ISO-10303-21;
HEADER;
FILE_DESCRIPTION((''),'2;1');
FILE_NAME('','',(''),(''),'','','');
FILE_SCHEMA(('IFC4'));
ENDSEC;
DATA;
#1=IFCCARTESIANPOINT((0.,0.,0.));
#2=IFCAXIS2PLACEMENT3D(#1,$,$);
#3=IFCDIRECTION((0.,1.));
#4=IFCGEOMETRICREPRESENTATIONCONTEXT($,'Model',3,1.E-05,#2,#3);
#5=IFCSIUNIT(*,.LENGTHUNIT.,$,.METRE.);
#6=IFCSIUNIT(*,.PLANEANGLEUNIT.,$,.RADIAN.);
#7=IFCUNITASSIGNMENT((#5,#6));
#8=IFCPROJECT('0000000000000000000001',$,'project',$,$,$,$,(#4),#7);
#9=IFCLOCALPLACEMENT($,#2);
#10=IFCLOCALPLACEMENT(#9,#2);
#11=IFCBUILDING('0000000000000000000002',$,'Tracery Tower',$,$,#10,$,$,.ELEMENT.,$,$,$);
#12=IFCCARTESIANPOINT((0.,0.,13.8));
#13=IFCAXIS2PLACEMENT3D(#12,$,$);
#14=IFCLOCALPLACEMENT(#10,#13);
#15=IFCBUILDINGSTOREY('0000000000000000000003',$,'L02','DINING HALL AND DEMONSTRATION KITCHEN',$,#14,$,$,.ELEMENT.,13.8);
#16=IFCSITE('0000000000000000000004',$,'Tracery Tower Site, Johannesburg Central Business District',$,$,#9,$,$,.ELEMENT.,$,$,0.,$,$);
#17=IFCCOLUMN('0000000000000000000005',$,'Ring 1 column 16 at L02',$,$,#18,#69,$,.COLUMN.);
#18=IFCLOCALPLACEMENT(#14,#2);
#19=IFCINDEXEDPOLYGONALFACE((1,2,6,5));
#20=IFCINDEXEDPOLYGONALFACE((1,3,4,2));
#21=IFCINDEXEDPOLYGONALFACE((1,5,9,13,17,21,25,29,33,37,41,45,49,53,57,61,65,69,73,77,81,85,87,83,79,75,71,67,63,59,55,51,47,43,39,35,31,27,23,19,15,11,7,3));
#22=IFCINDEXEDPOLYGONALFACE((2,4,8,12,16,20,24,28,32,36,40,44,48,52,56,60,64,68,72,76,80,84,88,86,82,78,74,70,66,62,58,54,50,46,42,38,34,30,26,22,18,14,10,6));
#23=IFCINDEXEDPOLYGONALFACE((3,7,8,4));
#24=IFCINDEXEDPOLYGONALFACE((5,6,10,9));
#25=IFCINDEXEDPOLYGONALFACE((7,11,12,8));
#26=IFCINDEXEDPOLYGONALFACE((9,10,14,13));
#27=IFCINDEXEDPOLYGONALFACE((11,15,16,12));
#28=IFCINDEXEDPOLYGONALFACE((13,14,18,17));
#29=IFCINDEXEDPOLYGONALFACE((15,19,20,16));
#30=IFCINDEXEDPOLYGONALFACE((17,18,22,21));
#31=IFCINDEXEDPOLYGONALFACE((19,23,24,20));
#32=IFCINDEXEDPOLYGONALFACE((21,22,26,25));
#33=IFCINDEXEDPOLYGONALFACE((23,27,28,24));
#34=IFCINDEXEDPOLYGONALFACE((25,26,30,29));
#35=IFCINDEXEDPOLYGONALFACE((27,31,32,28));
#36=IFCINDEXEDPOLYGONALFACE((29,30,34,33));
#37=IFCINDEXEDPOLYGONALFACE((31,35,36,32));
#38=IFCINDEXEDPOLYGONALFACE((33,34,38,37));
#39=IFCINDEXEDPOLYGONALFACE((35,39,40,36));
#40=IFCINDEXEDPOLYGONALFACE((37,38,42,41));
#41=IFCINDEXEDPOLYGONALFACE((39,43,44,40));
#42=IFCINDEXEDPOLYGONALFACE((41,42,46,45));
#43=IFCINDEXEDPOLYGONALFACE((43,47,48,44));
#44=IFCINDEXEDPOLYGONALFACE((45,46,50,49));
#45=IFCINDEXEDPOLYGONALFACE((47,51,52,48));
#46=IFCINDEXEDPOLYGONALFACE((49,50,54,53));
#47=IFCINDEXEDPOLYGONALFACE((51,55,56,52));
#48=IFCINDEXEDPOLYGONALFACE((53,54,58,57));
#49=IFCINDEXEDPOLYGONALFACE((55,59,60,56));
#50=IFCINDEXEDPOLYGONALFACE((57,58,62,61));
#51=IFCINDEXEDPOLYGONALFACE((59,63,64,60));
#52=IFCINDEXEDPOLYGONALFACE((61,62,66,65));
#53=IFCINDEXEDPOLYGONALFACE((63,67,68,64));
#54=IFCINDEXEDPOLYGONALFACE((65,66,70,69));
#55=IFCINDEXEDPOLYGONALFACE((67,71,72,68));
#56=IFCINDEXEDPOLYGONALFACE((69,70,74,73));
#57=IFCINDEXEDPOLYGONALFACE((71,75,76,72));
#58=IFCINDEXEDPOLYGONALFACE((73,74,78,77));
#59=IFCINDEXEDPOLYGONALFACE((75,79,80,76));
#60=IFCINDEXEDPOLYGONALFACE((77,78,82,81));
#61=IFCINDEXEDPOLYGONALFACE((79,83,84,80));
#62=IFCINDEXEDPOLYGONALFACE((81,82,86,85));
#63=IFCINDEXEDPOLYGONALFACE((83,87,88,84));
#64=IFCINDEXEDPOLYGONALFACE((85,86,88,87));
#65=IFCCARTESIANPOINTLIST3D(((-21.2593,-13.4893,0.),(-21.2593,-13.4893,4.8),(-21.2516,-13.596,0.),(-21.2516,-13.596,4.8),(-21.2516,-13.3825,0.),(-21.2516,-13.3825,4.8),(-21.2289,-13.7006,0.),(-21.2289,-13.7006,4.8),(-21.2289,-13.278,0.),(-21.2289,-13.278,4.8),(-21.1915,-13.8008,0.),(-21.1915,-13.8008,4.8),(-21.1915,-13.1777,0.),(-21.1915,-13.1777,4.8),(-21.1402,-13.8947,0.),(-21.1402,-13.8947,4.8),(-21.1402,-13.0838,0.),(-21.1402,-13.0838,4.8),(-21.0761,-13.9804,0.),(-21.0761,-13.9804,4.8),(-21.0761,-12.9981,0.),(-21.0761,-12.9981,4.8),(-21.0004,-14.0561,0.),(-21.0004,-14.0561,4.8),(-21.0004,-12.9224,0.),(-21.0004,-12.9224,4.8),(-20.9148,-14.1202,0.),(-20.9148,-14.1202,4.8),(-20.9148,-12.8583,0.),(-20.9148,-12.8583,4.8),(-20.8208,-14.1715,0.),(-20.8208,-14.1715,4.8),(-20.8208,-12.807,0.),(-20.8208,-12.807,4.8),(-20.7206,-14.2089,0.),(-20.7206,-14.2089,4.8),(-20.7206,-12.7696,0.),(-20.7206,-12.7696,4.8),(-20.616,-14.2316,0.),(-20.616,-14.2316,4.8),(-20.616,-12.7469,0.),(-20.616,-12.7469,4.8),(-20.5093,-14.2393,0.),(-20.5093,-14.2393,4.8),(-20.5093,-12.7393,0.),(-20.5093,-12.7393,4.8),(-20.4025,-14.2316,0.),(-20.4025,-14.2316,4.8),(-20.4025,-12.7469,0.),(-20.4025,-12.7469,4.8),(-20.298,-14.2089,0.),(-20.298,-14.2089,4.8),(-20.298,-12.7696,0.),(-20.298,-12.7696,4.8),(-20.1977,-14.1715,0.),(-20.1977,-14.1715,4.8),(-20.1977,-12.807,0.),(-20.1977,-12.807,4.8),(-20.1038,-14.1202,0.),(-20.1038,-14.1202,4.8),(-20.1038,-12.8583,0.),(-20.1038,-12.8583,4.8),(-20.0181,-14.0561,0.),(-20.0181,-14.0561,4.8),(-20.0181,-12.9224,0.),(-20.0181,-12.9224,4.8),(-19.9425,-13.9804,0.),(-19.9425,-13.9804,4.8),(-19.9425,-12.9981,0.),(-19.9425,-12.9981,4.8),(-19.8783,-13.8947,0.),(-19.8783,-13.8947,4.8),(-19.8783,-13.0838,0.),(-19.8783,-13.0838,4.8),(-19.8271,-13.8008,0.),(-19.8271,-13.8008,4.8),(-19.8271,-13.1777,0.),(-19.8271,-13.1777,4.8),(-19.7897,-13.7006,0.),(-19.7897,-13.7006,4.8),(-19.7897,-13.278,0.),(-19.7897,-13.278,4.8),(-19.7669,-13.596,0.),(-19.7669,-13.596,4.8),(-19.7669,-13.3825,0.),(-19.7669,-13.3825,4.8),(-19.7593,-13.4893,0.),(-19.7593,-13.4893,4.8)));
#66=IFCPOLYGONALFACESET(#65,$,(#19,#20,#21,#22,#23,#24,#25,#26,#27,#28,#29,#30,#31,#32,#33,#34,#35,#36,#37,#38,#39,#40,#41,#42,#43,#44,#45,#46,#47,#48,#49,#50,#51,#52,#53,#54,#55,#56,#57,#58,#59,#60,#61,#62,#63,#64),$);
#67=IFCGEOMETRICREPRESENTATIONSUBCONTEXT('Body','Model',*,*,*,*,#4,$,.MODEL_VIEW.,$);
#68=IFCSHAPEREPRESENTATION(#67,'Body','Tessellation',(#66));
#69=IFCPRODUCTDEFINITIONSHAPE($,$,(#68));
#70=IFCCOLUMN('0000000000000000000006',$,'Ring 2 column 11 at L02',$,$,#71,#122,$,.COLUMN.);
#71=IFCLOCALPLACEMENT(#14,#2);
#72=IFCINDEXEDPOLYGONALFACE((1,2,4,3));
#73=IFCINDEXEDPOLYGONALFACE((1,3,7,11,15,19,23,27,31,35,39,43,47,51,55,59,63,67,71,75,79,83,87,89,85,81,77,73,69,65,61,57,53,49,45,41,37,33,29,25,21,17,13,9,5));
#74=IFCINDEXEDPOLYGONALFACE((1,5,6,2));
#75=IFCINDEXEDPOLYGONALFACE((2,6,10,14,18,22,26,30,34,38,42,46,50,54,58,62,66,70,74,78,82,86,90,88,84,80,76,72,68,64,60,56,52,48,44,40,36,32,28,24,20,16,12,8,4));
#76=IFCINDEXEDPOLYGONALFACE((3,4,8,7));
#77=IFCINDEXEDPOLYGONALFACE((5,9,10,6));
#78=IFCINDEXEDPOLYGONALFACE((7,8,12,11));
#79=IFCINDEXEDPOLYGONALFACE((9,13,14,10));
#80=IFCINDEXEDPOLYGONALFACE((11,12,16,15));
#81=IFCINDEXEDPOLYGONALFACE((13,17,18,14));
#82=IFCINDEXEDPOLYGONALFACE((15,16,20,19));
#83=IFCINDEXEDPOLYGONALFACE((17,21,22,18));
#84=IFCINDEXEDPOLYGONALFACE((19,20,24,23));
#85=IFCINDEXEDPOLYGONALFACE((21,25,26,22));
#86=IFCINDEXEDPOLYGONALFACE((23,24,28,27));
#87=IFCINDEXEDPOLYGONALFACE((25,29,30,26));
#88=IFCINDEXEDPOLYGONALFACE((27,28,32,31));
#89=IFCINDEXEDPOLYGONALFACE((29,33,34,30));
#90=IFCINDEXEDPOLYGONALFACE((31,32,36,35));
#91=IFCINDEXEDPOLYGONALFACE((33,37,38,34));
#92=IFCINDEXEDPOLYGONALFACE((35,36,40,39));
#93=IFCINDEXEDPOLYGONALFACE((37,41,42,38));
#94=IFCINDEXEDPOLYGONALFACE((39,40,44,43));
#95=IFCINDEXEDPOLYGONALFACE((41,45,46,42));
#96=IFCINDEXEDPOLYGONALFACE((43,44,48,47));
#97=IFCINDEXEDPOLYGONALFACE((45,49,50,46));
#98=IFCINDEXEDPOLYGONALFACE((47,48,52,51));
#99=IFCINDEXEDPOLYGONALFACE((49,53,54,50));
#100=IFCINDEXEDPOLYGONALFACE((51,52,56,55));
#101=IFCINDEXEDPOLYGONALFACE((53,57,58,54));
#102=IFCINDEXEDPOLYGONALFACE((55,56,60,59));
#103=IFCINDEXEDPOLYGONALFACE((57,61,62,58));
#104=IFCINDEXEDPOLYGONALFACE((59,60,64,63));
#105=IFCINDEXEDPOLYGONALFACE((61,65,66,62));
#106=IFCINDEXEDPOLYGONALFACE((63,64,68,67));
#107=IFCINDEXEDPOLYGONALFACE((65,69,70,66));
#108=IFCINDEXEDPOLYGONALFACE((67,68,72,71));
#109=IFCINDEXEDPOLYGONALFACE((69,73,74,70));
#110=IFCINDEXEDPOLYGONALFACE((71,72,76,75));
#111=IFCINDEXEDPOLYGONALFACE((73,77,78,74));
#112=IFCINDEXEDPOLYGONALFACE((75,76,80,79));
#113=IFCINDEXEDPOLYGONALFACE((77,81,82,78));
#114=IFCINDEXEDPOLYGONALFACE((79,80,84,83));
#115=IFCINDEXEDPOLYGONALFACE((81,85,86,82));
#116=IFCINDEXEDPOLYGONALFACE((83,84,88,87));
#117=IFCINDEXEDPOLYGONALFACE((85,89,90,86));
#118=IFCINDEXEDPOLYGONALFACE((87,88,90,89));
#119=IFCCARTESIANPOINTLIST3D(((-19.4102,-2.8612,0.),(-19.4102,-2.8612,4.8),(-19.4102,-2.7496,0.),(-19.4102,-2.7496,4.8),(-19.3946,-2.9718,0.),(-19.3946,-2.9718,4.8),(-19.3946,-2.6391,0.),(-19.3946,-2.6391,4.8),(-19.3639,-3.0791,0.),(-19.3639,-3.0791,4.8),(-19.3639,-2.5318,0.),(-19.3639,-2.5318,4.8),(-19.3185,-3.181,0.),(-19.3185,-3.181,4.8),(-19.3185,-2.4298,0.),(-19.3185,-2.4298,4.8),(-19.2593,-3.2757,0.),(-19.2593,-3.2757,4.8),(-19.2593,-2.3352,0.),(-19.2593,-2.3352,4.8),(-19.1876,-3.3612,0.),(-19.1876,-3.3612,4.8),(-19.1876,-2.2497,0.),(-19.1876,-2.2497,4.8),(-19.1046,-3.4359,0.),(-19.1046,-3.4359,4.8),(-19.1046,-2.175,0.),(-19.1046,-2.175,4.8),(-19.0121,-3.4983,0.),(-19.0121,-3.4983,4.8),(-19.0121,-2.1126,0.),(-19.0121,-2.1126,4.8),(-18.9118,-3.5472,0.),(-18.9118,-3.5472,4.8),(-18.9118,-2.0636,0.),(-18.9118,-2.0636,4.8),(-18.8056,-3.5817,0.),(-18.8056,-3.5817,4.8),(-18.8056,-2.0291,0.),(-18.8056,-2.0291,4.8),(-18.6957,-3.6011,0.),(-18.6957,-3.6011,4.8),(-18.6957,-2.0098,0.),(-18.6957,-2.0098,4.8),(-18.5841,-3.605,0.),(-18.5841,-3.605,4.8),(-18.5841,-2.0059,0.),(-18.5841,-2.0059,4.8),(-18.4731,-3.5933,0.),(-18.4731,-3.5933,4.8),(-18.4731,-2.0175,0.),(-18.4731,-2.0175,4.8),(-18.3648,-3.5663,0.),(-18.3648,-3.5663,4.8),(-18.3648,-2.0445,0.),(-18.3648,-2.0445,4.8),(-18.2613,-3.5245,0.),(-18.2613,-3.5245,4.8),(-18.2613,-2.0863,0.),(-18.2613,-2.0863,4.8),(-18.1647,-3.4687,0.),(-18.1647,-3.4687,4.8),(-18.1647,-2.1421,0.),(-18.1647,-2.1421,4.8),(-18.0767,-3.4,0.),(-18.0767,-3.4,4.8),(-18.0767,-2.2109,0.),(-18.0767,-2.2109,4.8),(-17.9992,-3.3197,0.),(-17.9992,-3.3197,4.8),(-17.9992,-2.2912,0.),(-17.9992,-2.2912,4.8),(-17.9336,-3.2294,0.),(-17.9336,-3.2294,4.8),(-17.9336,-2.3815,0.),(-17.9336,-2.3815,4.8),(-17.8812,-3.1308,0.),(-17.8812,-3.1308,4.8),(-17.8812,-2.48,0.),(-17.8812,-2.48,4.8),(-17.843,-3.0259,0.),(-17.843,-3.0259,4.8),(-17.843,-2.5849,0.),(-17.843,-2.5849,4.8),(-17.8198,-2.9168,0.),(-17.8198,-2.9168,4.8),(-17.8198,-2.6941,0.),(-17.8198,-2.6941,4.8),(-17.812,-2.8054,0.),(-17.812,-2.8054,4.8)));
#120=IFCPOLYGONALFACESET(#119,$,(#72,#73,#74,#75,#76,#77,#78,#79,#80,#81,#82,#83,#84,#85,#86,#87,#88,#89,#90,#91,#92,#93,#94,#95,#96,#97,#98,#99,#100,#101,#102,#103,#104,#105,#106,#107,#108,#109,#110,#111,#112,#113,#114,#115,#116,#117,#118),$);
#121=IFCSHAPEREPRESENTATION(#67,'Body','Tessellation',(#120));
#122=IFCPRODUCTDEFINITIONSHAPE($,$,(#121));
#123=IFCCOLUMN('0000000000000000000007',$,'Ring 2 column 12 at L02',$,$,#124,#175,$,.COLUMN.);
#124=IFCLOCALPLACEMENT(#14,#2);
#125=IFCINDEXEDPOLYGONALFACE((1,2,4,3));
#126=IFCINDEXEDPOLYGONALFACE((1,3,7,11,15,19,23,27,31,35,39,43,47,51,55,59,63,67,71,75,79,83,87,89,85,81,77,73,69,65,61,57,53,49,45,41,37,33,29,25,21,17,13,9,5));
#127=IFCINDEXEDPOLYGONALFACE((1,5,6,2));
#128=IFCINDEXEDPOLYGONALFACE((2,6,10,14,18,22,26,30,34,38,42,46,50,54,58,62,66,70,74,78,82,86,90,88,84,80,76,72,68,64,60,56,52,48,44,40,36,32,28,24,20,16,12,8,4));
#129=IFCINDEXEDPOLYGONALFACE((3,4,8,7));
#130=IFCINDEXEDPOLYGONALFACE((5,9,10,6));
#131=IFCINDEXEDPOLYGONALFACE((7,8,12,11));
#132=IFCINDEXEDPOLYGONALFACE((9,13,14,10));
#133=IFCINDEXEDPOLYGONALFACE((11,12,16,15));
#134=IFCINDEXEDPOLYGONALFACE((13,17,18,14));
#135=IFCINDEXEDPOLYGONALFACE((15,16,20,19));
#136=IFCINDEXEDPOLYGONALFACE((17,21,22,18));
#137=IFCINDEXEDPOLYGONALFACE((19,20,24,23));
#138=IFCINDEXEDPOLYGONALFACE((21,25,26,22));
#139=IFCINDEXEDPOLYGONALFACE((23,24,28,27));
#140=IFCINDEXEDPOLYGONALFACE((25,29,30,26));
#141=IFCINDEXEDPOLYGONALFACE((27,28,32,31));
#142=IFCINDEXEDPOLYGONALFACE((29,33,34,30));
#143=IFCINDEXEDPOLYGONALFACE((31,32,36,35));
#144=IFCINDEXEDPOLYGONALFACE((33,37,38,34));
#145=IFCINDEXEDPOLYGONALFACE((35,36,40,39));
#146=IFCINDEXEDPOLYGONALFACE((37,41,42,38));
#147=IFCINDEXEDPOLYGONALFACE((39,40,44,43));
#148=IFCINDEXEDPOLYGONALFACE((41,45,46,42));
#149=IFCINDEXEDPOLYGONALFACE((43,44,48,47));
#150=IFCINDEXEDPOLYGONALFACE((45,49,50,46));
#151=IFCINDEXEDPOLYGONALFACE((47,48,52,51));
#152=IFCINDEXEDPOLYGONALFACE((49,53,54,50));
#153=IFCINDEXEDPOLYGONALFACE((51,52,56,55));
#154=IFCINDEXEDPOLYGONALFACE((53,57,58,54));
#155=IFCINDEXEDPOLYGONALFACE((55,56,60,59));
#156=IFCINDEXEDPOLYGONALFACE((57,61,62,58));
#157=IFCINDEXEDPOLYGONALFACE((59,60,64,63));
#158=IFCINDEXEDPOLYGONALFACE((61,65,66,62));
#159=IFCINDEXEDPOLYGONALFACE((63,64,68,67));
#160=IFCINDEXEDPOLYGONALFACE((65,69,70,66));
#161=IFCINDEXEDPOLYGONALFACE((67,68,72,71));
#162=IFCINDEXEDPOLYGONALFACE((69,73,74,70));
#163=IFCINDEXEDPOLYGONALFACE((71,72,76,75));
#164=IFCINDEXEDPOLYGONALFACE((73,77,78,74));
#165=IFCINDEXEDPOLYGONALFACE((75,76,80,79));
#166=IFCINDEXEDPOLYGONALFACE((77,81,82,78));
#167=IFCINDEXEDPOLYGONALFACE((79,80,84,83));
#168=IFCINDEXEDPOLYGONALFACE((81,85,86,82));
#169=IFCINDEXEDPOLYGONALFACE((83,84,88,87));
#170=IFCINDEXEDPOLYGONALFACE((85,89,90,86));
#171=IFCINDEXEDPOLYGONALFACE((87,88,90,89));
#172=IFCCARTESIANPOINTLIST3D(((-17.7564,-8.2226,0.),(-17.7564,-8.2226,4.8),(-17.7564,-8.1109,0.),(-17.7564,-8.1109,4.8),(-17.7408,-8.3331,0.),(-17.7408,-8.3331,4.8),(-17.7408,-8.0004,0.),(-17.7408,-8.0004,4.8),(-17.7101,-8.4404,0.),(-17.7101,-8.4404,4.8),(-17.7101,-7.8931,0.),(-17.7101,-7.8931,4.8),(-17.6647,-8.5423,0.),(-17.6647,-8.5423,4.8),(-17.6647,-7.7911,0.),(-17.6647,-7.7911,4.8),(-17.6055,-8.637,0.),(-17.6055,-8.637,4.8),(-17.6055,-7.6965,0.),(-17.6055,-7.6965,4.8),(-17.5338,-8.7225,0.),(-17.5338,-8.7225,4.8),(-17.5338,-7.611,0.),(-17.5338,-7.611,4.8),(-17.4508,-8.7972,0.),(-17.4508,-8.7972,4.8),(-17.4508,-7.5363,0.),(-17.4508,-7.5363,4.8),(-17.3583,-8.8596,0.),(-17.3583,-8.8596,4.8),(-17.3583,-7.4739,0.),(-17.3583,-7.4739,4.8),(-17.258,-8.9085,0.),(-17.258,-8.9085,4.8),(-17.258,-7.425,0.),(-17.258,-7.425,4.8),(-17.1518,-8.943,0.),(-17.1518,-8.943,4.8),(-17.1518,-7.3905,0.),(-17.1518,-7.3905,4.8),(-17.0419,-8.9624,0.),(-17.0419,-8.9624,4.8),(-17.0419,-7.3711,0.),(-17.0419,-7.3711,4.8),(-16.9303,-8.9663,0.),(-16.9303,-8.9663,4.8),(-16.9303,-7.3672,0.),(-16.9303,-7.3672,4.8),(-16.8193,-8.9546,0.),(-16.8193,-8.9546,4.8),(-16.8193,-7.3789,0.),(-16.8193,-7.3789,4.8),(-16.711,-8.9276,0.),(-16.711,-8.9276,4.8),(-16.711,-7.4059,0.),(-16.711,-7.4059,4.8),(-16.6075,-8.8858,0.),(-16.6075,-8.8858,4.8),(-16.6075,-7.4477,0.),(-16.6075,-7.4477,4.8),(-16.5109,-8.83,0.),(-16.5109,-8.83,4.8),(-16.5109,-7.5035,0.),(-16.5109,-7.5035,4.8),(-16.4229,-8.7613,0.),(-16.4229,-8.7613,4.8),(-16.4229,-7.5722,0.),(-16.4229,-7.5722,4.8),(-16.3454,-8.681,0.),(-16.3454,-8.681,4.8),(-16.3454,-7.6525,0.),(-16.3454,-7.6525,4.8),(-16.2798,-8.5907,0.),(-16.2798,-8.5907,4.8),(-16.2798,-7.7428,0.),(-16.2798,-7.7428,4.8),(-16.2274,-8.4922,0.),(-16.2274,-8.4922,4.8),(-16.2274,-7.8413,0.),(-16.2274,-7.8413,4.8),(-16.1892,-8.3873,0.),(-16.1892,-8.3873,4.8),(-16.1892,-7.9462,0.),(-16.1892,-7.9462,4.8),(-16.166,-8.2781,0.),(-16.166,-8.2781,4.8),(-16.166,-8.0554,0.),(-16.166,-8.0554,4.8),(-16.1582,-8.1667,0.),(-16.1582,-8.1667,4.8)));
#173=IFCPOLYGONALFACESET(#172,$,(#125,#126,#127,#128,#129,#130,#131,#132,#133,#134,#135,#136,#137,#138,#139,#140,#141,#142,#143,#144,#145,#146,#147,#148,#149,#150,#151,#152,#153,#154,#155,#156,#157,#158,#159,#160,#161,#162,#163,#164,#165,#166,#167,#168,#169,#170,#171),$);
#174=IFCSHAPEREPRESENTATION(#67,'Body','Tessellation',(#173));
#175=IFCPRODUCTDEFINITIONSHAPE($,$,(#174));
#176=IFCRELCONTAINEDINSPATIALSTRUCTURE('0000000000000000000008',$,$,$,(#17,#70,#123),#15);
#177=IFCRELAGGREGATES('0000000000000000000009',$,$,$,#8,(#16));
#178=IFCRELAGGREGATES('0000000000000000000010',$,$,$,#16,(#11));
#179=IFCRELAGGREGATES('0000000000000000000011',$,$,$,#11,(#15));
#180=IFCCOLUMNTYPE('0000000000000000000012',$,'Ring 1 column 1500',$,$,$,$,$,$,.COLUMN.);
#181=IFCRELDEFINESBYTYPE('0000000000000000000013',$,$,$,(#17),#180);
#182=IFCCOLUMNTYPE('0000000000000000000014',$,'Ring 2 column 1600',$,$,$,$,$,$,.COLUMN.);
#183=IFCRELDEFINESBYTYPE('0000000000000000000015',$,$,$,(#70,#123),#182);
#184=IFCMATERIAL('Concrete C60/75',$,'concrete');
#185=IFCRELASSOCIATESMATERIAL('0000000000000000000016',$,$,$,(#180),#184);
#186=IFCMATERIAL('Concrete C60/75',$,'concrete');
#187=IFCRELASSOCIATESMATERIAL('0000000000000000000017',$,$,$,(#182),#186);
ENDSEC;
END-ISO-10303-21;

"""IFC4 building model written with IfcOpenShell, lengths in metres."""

from ifc_helpers import new_model, si_unit, direction, frame, origin, origin_2d, place, context, subcontext, project, spatial, circle, extrude, material, material_profile, profile_set, type_object, element, save


model = new_model("IFC4")

# Units and contexts
model_context = context("Model", 3, precision=1e-05, world=origin(), true_north=direction((0.0, 1.0)))
body_context = subcontext(model_context, "Body", "Model", "MODEL_VIEW")
ifc_project = project(units=[si_unit("LENGTHUNIT", "METRE"), si_unit("PLANEANGLEUNIT", "RADIAN")], contexts=[model_context])

# Site, building, storey
site_placement = place(None, origin())
site = spatial("IfcSite", under=ifc_project, at=site_placement, Name="Tracery Tower Site, Johannesburg Central Business District", CompositionType="ELEMENT", RefElevation=0.0)
building_placement = place(site_placement, origin())
building = spatial("IfcBuilding", under=site, at=building_placement, Name="Tracery Tower", CompositionType="ELEMENT")
storey_placement = place(building_placement, frame((0.0, 0.0, 13.8)))
storey = spatial("IfcBuildingStorey", under=building, at=storey_placement, Name="L02", Description="DINING HALL AND DEMONSTRATION KITCHEN", CompositionType="ELEMENT", Elevation=13.8)

# Columns
ifc_material_1 = material(Name="Concrete C60/75", Category="concrete")
ifc_material_profile_1 = material_profile(ifc_material_1, circle(Radius=0.75, at=origin_2d()), Name="RC D1500")
ifc_profile_set_1 = profile_set([ifc_material_profile_1], Name="Concrete C60/75")
column_type_1 = type_object("IfcColumnType", Name="Ring 1 column 1500", PredefinedType="COLUMN", material=ifc_profile_set_1)
column_placement = place(storey_placement, frame((-20.5093, -13.4893, 0.0), z_axis=(0.0, 0.0, 1.0), x_axis=(1.0, 0.0, 0.0)))
element("IfcColumn", 1, at=column_placement, inside=storey, type_object=column_type_1, Name="Ring 1 column 16 at L02", PredefinedType="COLUMN", context=body_context, shape_type="SweptSolid", body=[
    extrude(circle(Radius=0.75, at=origin_2d()), origin(), (0.0, 0.0, 1.0), 4.8),
])
ifc_material_2 = material(Name="Concrete C60/75", Category="concrete")
ifc_material_profile_2 = material_profile(ifc_material_2, circle(Radius=0.8, at=origin_2d()), Name="RC D1600")
ifc_profile_set_2 = profile_set([ifc_material_profile_2], Name="Concrete C60/75")
column_type_2 = type_object("IfcColumnType", Name="Ring 2 column 1600", PredefinedType="COLUMN", material=ifc_profile_set_2)
for number, where, z_axis, x_axis, name in (
    (2, (-18.6121, -2.8054, 0.0), (0.0, 0.0, 1.0), (1.0, 0.0, 0.0), "Ring 2 column 11 at L02"),
    (3, (-16.9583, -8.1667, 0.0), (0.0, 0.0, 1.0), (1.0, 0.0, 0.0), "Ring 2 column 12 at L02"),
):
    element("IfcColumn", number, at=place(storey_placement, frame(where, z_axis=z_axis, x_axis=x_axis)), inside=storey, type_object=column_type_2, Name=name, PredefinedType="COLUMN", context=body_context, shape_type="SweptSolid", body=[
        extrude(circle(Radius=0.8, at=origin_2d()), origin(), (0.0, 0.0, 1.0), 4.8),
    ])

save(model, "model.ifc")
